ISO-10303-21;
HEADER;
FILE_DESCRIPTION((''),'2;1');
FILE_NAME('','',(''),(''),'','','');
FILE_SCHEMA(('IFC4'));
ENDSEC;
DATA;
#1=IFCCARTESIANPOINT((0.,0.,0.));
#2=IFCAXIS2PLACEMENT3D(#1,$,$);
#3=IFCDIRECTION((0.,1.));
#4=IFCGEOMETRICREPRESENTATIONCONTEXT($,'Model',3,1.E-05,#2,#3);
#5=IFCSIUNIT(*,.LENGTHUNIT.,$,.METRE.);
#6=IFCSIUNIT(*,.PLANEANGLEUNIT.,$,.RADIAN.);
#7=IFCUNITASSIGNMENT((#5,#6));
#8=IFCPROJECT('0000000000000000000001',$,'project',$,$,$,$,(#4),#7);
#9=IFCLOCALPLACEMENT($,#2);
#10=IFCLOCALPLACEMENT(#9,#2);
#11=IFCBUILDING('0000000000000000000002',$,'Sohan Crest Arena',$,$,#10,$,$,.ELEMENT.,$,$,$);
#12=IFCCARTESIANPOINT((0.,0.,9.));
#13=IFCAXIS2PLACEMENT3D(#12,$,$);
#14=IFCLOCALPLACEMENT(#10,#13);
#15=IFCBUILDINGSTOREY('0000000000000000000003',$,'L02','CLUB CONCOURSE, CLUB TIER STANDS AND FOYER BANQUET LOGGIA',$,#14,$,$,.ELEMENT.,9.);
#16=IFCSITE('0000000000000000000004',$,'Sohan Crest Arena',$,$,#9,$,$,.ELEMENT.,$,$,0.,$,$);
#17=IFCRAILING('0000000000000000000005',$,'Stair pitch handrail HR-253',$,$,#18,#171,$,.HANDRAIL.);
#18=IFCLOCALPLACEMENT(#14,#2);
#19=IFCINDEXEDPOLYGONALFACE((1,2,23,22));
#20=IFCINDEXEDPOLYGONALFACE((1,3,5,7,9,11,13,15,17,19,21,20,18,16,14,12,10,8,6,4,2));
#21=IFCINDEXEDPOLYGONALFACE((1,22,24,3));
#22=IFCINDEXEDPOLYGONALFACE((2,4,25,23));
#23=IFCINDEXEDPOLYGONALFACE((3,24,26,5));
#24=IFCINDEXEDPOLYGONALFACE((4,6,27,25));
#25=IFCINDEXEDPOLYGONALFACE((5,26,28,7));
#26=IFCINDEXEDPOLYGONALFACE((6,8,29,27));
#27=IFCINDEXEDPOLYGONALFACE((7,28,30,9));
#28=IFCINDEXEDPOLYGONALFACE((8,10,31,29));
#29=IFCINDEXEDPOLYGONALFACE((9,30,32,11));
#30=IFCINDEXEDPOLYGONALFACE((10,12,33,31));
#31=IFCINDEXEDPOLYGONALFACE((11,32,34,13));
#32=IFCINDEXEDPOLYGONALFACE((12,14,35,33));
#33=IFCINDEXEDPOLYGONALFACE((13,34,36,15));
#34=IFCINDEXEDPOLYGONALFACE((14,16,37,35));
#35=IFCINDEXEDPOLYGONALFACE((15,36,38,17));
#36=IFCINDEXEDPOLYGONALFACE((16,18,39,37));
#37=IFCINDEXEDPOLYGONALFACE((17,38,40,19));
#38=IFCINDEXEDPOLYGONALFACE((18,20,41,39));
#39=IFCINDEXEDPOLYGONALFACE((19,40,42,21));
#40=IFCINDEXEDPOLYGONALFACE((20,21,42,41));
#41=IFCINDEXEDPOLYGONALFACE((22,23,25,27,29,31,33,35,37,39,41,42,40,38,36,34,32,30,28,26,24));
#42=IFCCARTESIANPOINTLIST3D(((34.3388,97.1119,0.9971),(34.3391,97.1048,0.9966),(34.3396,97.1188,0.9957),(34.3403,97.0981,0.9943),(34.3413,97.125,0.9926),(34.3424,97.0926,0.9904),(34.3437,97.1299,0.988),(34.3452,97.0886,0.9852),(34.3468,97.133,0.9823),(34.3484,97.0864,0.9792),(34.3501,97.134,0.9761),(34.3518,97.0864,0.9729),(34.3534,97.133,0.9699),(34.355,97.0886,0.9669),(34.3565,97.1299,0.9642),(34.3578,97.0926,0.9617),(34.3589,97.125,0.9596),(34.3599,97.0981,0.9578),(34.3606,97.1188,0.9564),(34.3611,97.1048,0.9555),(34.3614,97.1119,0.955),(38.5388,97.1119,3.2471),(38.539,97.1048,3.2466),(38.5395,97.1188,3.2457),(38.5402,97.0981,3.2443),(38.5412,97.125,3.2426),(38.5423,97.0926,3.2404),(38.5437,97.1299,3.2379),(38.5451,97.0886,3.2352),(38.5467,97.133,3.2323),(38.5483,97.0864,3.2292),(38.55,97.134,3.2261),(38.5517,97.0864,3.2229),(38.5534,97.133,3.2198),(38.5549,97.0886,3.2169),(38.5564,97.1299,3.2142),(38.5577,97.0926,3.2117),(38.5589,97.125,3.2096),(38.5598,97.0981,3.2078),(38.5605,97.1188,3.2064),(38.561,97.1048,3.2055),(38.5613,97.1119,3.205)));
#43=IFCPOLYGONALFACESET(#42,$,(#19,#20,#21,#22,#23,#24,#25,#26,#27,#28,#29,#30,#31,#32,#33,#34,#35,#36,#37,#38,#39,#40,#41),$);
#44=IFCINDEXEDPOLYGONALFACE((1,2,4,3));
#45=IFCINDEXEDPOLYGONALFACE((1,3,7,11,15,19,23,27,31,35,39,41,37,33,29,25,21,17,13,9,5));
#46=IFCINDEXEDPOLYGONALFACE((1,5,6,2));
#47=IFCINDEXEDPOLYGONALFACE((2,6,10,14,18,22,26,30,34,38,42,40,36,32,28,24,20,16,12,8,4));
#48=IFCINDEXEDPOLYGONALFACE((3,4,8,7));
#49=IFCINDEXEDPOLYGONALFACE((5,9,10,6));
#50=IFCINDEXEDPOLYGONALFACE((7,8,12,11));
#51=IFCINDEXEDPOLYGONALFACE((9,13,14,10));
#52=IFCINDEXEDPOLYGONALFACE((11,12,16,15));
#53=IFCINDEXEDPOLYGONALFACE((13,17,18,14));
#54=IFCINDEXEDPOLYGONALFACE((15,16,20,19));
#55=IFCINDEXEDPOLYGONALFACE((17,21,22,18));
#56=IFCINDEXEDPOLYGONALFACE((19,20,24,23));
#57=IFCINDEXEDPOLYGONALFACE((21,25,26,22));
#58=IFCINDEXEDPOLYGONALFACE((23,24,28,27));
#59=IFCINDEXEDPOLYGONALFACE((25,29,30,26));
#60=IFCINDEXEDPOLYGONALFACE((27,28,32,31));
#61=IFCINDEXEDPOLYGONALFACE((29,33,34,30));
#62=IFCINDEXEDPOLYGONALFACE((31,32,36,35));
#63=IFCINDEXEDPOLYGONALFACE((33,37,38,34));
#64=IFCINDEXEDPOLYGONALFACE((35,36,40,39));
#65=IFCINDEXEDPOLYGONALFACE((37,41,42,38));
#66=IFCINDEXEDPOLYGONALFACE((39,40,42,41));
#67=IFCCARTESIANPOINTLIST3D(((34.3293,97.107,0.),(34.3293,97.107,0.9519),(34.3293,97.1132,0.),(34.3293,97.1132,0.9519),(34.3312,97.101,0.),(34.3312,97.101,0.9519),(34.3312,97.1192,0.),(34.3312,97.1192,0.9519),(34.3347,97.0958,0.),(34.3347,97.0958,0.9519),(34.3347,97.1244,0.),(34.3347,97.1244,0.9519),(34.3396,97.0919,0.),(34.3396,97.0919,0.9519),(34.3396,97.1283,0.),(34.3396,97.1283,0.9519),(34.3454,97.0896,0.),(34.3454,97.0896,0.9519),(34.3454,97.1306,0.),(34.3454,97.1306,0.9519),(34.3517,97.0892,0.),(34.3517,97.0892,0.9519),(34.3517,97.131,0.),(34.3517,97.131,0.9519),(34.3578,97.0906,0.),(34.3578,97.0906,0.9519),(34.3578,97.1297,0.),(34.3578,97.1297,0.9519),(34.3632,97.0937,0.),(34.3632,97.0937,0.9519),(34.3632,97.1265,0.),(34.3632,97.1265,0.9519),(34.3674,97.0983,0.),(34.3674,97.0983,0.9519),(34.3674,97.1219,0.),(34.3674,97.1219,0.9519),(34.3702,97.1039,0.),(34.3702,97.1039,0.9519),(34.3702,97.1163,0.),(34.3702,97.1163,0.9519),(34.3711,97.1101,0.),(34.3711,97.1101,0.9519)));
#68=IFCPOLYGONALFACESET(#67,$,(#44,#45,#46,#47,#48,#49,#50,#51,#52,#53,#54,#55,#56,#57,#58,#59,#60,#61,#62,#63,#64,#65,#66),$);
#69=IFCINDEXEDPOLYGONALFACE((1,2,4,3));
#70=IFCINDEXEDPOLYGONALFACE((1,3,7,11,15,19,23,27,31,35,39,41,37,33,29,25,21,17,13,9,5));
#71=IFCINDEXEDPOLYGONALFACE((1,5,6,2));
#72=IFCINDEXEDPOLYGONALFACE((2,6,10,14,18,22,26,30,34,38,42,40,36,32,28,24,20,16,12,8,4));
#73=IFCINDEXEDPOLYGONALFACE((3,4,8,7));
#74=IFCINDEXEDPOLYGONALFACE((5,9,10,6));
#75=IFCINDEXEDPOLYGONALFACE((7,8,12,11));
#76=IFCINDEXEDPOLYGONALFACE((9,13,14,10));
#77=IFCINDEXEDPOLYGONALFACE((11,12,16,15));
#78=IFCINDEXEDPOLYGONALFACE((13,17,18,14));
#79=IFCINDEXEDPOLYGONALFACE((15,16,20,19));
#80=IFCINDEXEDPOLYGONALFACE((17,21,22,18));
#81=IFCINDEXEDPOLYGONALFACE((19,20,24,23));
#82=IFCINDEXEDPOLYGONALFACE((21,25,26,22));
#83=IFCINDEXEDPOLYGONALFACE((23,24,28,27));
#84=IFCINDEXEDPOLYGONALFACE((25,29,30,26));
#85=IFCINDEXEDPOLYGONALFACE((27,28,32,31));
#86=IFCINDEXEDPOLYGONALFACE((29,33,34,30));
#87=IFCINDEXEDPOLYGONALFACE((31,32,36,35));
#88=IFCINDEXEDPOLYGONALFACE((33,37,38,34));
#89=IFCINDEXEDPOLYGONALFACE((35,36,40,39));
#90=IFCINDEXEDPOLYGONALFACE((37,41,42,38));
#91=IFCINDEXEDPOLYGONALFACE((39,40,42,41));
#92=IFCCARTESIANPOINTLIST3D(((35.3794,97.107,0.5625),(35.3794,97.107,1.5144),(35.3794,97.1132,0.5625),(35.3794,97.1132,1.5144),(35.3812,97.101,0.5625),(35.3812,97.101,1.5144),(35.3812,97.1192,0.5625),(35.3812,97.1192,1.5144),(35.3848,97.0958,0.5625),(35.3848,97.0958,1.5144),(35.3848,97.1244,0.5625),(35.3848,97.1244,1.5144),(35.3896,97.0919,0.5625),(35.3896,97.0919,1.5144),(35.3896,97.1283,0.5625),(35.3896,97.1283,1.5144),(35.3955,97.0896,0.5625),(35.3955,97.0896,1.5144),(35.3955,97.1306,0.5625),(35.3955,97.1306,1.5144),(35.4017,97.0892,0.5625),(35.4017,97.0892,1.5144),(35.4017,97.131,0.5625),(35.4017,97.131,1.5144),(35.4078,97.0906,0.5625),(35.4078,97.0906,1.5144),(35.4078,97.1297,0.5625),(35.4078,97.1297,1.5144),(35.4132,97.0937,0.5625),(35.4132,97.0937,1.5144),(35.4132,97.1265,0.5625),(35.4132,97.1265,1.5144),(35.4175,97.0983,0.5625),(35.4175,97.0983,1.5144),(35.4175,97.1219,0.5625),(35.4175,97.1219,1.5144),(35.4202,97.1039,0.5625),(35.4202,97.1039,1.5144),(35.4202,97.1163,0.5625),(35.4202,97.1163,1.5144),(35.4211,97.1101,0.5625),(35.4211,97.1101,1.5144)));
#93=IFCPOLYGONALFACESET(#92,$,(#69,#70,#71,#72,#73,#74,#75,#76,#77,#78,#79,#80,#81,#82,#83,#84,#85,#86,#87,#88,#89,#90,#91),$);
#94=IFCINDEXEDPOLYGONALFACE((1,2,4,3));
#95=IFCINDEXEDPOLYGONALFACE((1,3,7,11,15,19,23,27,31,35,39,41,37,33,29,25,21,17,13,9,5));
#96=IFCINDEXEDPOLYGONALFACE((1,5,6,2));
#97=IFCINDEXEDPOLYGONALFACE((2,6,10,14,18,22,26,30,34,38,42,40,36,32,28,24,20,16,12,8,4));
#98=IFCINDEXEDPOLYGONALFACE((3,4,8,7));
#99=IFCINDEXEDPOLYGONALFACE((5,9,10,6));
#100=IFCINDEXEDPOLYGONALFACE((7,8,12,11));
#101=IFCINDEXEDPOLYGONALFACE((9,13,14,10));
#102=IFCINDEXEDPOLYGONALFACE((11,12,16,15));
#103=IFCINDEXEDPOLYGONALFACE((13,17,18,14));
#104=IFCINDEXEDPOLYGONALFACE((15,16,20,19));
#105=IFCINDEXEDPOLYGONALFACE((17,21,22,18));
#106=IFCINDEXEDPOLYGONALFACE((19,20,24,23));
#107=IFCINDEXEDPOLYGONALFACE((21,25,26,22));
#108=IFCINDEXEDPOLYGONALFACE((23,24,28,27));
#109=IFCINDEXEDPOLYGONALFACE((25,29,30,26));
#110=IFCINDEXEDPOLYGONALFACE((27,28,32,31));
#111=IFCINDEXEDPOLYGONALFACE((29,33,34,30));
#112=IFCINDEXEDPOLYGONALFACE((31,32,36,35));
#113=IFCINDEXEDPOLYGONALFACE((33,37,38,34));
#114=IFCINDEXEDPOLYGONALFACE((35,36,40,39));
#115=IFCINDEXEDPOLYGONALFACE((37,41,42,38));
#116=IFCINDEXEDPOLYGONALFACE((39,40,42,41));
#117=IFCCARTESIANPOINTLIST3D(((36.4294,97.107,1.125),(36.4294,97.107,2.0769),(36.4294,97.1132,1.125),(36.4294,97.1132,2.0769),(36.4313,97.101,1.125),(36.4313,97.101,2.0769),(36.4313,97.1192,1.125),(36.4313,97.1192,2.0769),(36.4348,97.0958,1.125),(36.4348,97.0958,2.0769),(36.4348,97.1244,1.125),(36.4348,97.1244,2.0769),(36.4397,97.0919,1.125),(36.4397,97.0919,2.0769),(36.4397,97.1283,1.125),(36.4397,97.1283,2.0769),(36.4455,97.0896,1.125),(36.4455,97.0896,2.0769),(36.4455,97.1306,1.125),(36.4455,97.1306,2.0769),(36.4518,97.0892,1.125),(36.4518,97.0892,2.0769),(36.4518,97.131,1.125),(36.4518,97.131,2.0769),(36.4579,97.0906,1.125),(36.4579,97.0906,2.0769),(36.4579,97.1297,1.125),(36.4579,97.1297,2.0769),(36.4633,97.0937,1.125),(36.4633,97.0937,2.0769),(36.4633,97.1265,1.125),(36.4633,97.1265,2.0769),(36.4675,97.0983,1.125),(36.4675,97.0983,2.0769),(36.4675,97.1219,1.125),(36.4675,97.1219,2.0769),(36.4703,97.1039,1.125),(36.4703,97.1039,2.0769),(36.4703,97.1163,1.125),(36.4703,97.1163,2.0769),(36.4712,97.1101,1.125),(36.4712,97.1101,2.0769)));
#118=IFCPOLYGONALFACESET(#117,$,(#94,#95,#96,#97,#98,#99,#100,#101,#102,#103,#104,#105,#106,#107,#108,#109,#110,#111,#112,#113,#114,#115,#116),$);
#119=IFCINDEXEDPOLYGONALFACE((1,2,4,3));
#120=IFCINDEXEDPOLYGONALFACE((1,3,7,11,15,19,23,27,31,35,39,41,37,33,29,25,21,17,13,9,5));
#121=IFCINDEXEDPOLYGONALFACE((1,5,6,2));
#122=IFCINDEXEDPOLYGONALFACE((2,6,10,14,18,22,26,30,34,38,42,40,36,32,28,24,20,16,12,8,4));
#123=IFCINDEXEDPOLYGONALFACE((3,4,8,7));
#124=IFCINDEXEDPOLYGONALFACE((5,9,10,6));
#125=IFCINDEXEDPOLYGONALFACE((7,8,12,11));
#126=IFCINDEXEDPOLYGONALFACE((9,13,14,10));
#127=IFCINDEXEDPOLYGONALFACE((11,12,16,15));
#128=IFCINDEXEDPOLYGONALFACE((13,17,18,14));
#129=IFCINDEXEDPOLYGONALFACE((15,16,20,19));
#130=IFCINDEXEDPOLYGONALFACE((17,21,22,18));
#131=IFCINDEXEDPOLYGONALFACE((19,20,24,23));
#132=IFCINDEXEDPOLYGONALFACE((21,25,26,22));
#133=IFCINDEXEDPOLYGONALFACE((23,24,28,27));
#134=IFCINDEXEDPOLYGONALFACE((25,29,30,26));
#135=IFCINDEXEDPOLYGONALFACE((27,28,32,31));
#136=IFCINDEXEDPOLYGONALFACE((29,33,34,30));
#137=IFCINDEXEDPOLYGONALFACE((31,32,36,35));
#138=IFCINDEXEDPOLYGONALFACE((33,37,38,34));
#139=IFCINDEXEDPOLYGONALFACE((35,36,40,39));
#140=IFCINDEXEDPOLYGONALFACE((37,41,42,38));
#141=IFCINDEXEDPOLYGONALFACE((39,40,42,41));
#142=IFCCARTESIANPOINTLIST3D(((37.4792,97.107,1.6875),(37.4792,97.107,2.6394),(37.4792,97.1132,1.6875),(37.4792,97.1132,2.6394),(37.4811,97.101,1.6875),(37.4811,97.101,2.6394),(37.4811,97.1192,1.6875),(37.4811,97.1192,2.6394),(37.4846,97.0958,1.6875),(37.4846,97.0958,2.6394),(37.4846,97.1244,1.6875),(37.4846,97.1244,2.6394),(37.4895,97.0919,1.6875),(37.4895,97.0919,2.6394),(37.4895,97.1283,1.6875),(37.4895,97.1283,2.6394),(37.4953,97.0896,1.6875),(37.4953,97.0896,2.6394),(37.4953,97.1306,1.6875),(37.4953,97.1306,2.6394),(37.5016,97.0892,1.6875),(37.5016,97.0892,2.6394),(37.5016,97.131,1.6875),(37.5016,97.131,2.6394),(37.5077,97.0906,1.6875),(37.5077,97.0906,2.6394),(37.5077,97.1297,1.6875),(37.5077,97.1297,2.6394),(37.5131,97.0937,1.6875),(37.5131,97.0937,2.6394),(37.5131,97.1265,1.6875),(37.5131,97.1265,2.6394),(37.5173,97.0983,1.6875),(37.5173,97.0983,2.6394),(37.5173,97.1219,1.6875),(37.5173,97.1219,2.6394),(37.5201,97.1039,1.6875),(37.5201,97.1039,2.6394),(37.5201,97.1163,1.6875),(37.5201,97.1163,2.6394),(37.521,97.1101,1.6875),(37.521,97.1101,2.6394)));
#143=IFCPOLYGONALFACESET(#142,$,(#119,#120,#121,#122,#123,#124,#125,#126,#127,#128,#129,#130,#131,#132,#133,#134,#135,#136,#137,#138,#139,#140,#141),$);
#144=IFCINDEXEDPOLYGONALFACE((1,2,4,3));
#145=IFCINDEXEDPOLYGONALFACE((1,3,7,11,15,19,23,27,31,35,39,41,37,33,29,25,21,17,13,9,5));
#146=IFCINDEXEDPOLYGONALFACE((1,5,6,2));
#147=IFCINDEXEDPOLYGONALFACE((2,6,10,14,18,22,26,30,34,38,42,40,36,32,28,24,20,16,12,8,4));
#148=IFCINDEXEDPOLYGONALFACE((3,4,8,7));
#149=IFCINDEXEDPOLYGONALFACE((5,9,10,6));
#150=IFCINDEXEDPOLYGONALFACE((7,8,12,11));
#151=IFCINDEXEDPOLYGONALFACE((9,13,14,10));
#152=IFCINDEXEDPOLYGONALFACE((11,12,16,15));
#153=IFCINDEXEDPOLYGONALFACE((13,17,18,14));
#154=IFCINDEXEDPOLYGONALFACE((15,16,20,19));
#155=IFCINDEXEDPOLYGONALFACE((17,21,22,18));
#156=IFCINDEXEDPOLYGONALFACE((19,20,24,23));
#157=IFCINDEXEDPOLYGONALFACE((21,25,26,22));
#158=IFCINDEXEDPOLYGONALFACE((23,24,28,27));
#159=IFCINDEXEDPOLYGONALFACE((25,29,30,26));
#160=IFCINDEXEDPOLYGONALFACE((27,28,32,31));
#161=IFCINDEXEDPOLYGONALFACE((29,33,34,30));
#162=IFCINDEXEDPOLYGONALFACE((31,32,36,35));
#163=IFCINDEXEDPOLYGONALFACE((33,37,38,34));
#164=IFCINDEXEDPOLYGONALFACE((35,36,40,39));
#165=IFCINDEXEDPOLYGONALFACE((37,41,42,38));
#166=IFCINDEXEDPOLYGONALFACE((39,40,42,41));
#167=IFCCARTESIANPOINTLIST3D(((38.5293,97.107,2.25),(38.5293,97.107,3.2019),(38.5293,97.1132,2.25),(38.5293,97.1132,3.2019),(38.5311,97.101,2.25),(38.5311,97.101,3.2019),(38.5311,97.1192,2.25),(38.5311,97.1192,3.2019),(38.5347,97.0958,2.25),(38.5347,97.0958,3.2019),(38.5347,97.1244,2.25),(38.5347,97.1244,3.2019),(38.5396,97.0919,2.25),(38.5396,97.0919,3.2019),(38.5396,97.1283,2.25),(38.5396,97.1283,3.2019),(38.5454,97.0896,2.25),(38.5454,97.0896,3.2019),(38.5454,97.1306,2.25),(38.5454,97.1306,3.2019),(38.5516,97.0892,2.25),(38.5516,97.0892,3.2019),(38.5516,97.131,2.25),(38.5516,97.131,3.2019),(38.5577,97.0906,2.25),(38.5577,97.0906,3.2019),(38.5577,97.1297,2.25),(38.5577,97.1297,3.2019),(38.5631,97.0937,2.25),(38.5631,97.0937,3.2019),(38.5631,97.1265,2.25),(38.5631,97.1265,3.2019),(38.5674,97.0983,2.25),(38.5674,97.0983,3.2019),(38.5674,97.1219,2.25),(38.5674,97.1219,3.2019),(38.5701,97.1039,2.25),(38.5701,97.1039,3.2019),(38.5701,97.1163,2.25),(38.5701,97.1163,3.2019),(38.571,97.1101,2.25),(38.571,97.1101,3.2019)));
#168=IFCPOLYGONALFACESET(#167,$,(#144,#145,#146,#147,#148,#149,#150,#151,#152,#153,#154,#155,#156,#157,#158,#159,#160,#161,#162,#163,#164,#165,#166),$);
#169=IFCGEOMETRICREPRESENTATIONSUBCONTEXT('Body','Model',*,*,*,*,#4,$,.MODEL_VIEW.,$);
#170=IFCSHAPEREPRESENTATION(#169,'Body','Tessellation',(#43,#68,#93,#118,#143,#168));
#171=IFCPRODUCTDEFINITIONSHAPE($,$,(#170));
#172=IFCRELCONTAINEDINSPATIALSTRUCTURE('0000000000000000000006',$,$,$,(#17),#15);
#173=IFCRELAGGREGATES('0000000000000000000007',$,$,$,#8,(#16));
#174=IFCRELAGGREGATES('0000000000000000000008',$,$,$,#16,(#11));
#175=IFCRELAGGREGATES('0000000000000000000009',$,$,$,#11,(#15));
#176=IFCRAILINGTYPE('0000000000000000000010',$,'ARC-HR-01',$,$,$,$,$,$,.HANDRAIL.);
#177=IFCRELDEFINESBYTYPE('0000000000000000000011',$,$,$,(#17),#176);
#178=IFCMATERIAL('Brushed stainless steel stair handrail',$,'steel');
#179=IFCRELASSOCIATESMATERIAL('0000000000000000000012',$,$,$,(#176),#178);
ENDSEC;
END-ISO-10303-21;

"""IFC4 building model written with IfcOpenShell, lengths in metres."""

from ifc_helpers import new_model, si_unit, direction, frame, origin, origin_2d, place, context, subcontext, project, spatial, circle, extrude, material, type_object, element, save


model = new_model("IFC4")

# Units and contexts
model_context = context("Model", 3, precision=1e-05, world=origin(), true_north=direction((0.0, 1.0)))
body_context = subcontext(model_context, "Body", "Model", "MODEL_VIEW")
ifc_project = project(units=[si_unit("LENGTHUNIT", "METRE"), si_unit("PLANEANGLEUNIT", "RADIAN")], contexts=[model_context])

# Site, building, storey
site_placement = place(None, origin())
site = spatial("IfcSite", under=ifc_project, at=site_placement, Name="Sohan Crest Arena", CompositionType="ELEMENT", RefElevation=0.0)
building_placement = place(site_placement, origin())
building = spatial("IfcBuilding", under=site, at=building_placement, Name="Sohan Crest Arena", CompositionType="ELEMENT")
storey_placement = place(building_placement, frame((0.0, 0.0, 9.0)))
storey = spatial("IfcBuildingStorey", under=building, at=storey_placement, Name="L02", Description="CLUB CONCOURSE, CLUB TIER STANDS AND FOYER BANQUET LOGGIA", CompositionType="ELEMENT", Elevation=9.0)

# Railing
ifc_material_1 = material(Name="Brushed stainless steel stair handrail", Category="steel")
railing_type_1 = type_object("IfcRailingType", Name="ARC-HR-01", PredefinedType="HANDRAIL", material=ifc_material_1)
for number, where, name in (
    (1, (34.3501, 97.1101, 0.0), "Stair pitch handrail HR-253"),
):
    element("IfcRailing", number, at=place(storey_placement, frame(where)), inside=storey, type_object=railing_type_1, Name=name, PredefinedType="HANDRAIL", context=body_context, shape_type="SweptSolid", body=[
        extrude(circle(Radius=0.0239, at=origin_2d()), frame((0.0, 0.0, 0.9761), z_axis=(0.881478, 0.0, 0.472226), x_axis=(0.0, 1.0, 0.0)), (0.0, 0.0, 1.0), 4.7646),
        extrude(circle(Radius=0.021, at=origin_2d()), origin(), (0.0, 0.0, 1.0), 0.9519),
        extrude(circle(Radius=0.021, at=origin_2d()), frame((1.05, 0.0, 0.5625)), (0.0, 0.0, 1.0), 0.9519),
        extrude(circle(Radius=0.021, at=origin_2d()), frame((2.1001, 0.0, 1.125)), (0.0, 0.0, 1.0), 0.9519),
        extrude(circle(Radius=0.021, at=origin_2d()), frame((3.1499, 0.0, 1.6875)), (0.0, 0.0, 1.0), 0.9519),
        extrude(circle(Radius=0.021, at=origin_2d()), frame((4.2, 0.0, 2.25)), (0.0, 0.0, 1.0), 0.9519),
    ])

save(model, "model.ifc")
